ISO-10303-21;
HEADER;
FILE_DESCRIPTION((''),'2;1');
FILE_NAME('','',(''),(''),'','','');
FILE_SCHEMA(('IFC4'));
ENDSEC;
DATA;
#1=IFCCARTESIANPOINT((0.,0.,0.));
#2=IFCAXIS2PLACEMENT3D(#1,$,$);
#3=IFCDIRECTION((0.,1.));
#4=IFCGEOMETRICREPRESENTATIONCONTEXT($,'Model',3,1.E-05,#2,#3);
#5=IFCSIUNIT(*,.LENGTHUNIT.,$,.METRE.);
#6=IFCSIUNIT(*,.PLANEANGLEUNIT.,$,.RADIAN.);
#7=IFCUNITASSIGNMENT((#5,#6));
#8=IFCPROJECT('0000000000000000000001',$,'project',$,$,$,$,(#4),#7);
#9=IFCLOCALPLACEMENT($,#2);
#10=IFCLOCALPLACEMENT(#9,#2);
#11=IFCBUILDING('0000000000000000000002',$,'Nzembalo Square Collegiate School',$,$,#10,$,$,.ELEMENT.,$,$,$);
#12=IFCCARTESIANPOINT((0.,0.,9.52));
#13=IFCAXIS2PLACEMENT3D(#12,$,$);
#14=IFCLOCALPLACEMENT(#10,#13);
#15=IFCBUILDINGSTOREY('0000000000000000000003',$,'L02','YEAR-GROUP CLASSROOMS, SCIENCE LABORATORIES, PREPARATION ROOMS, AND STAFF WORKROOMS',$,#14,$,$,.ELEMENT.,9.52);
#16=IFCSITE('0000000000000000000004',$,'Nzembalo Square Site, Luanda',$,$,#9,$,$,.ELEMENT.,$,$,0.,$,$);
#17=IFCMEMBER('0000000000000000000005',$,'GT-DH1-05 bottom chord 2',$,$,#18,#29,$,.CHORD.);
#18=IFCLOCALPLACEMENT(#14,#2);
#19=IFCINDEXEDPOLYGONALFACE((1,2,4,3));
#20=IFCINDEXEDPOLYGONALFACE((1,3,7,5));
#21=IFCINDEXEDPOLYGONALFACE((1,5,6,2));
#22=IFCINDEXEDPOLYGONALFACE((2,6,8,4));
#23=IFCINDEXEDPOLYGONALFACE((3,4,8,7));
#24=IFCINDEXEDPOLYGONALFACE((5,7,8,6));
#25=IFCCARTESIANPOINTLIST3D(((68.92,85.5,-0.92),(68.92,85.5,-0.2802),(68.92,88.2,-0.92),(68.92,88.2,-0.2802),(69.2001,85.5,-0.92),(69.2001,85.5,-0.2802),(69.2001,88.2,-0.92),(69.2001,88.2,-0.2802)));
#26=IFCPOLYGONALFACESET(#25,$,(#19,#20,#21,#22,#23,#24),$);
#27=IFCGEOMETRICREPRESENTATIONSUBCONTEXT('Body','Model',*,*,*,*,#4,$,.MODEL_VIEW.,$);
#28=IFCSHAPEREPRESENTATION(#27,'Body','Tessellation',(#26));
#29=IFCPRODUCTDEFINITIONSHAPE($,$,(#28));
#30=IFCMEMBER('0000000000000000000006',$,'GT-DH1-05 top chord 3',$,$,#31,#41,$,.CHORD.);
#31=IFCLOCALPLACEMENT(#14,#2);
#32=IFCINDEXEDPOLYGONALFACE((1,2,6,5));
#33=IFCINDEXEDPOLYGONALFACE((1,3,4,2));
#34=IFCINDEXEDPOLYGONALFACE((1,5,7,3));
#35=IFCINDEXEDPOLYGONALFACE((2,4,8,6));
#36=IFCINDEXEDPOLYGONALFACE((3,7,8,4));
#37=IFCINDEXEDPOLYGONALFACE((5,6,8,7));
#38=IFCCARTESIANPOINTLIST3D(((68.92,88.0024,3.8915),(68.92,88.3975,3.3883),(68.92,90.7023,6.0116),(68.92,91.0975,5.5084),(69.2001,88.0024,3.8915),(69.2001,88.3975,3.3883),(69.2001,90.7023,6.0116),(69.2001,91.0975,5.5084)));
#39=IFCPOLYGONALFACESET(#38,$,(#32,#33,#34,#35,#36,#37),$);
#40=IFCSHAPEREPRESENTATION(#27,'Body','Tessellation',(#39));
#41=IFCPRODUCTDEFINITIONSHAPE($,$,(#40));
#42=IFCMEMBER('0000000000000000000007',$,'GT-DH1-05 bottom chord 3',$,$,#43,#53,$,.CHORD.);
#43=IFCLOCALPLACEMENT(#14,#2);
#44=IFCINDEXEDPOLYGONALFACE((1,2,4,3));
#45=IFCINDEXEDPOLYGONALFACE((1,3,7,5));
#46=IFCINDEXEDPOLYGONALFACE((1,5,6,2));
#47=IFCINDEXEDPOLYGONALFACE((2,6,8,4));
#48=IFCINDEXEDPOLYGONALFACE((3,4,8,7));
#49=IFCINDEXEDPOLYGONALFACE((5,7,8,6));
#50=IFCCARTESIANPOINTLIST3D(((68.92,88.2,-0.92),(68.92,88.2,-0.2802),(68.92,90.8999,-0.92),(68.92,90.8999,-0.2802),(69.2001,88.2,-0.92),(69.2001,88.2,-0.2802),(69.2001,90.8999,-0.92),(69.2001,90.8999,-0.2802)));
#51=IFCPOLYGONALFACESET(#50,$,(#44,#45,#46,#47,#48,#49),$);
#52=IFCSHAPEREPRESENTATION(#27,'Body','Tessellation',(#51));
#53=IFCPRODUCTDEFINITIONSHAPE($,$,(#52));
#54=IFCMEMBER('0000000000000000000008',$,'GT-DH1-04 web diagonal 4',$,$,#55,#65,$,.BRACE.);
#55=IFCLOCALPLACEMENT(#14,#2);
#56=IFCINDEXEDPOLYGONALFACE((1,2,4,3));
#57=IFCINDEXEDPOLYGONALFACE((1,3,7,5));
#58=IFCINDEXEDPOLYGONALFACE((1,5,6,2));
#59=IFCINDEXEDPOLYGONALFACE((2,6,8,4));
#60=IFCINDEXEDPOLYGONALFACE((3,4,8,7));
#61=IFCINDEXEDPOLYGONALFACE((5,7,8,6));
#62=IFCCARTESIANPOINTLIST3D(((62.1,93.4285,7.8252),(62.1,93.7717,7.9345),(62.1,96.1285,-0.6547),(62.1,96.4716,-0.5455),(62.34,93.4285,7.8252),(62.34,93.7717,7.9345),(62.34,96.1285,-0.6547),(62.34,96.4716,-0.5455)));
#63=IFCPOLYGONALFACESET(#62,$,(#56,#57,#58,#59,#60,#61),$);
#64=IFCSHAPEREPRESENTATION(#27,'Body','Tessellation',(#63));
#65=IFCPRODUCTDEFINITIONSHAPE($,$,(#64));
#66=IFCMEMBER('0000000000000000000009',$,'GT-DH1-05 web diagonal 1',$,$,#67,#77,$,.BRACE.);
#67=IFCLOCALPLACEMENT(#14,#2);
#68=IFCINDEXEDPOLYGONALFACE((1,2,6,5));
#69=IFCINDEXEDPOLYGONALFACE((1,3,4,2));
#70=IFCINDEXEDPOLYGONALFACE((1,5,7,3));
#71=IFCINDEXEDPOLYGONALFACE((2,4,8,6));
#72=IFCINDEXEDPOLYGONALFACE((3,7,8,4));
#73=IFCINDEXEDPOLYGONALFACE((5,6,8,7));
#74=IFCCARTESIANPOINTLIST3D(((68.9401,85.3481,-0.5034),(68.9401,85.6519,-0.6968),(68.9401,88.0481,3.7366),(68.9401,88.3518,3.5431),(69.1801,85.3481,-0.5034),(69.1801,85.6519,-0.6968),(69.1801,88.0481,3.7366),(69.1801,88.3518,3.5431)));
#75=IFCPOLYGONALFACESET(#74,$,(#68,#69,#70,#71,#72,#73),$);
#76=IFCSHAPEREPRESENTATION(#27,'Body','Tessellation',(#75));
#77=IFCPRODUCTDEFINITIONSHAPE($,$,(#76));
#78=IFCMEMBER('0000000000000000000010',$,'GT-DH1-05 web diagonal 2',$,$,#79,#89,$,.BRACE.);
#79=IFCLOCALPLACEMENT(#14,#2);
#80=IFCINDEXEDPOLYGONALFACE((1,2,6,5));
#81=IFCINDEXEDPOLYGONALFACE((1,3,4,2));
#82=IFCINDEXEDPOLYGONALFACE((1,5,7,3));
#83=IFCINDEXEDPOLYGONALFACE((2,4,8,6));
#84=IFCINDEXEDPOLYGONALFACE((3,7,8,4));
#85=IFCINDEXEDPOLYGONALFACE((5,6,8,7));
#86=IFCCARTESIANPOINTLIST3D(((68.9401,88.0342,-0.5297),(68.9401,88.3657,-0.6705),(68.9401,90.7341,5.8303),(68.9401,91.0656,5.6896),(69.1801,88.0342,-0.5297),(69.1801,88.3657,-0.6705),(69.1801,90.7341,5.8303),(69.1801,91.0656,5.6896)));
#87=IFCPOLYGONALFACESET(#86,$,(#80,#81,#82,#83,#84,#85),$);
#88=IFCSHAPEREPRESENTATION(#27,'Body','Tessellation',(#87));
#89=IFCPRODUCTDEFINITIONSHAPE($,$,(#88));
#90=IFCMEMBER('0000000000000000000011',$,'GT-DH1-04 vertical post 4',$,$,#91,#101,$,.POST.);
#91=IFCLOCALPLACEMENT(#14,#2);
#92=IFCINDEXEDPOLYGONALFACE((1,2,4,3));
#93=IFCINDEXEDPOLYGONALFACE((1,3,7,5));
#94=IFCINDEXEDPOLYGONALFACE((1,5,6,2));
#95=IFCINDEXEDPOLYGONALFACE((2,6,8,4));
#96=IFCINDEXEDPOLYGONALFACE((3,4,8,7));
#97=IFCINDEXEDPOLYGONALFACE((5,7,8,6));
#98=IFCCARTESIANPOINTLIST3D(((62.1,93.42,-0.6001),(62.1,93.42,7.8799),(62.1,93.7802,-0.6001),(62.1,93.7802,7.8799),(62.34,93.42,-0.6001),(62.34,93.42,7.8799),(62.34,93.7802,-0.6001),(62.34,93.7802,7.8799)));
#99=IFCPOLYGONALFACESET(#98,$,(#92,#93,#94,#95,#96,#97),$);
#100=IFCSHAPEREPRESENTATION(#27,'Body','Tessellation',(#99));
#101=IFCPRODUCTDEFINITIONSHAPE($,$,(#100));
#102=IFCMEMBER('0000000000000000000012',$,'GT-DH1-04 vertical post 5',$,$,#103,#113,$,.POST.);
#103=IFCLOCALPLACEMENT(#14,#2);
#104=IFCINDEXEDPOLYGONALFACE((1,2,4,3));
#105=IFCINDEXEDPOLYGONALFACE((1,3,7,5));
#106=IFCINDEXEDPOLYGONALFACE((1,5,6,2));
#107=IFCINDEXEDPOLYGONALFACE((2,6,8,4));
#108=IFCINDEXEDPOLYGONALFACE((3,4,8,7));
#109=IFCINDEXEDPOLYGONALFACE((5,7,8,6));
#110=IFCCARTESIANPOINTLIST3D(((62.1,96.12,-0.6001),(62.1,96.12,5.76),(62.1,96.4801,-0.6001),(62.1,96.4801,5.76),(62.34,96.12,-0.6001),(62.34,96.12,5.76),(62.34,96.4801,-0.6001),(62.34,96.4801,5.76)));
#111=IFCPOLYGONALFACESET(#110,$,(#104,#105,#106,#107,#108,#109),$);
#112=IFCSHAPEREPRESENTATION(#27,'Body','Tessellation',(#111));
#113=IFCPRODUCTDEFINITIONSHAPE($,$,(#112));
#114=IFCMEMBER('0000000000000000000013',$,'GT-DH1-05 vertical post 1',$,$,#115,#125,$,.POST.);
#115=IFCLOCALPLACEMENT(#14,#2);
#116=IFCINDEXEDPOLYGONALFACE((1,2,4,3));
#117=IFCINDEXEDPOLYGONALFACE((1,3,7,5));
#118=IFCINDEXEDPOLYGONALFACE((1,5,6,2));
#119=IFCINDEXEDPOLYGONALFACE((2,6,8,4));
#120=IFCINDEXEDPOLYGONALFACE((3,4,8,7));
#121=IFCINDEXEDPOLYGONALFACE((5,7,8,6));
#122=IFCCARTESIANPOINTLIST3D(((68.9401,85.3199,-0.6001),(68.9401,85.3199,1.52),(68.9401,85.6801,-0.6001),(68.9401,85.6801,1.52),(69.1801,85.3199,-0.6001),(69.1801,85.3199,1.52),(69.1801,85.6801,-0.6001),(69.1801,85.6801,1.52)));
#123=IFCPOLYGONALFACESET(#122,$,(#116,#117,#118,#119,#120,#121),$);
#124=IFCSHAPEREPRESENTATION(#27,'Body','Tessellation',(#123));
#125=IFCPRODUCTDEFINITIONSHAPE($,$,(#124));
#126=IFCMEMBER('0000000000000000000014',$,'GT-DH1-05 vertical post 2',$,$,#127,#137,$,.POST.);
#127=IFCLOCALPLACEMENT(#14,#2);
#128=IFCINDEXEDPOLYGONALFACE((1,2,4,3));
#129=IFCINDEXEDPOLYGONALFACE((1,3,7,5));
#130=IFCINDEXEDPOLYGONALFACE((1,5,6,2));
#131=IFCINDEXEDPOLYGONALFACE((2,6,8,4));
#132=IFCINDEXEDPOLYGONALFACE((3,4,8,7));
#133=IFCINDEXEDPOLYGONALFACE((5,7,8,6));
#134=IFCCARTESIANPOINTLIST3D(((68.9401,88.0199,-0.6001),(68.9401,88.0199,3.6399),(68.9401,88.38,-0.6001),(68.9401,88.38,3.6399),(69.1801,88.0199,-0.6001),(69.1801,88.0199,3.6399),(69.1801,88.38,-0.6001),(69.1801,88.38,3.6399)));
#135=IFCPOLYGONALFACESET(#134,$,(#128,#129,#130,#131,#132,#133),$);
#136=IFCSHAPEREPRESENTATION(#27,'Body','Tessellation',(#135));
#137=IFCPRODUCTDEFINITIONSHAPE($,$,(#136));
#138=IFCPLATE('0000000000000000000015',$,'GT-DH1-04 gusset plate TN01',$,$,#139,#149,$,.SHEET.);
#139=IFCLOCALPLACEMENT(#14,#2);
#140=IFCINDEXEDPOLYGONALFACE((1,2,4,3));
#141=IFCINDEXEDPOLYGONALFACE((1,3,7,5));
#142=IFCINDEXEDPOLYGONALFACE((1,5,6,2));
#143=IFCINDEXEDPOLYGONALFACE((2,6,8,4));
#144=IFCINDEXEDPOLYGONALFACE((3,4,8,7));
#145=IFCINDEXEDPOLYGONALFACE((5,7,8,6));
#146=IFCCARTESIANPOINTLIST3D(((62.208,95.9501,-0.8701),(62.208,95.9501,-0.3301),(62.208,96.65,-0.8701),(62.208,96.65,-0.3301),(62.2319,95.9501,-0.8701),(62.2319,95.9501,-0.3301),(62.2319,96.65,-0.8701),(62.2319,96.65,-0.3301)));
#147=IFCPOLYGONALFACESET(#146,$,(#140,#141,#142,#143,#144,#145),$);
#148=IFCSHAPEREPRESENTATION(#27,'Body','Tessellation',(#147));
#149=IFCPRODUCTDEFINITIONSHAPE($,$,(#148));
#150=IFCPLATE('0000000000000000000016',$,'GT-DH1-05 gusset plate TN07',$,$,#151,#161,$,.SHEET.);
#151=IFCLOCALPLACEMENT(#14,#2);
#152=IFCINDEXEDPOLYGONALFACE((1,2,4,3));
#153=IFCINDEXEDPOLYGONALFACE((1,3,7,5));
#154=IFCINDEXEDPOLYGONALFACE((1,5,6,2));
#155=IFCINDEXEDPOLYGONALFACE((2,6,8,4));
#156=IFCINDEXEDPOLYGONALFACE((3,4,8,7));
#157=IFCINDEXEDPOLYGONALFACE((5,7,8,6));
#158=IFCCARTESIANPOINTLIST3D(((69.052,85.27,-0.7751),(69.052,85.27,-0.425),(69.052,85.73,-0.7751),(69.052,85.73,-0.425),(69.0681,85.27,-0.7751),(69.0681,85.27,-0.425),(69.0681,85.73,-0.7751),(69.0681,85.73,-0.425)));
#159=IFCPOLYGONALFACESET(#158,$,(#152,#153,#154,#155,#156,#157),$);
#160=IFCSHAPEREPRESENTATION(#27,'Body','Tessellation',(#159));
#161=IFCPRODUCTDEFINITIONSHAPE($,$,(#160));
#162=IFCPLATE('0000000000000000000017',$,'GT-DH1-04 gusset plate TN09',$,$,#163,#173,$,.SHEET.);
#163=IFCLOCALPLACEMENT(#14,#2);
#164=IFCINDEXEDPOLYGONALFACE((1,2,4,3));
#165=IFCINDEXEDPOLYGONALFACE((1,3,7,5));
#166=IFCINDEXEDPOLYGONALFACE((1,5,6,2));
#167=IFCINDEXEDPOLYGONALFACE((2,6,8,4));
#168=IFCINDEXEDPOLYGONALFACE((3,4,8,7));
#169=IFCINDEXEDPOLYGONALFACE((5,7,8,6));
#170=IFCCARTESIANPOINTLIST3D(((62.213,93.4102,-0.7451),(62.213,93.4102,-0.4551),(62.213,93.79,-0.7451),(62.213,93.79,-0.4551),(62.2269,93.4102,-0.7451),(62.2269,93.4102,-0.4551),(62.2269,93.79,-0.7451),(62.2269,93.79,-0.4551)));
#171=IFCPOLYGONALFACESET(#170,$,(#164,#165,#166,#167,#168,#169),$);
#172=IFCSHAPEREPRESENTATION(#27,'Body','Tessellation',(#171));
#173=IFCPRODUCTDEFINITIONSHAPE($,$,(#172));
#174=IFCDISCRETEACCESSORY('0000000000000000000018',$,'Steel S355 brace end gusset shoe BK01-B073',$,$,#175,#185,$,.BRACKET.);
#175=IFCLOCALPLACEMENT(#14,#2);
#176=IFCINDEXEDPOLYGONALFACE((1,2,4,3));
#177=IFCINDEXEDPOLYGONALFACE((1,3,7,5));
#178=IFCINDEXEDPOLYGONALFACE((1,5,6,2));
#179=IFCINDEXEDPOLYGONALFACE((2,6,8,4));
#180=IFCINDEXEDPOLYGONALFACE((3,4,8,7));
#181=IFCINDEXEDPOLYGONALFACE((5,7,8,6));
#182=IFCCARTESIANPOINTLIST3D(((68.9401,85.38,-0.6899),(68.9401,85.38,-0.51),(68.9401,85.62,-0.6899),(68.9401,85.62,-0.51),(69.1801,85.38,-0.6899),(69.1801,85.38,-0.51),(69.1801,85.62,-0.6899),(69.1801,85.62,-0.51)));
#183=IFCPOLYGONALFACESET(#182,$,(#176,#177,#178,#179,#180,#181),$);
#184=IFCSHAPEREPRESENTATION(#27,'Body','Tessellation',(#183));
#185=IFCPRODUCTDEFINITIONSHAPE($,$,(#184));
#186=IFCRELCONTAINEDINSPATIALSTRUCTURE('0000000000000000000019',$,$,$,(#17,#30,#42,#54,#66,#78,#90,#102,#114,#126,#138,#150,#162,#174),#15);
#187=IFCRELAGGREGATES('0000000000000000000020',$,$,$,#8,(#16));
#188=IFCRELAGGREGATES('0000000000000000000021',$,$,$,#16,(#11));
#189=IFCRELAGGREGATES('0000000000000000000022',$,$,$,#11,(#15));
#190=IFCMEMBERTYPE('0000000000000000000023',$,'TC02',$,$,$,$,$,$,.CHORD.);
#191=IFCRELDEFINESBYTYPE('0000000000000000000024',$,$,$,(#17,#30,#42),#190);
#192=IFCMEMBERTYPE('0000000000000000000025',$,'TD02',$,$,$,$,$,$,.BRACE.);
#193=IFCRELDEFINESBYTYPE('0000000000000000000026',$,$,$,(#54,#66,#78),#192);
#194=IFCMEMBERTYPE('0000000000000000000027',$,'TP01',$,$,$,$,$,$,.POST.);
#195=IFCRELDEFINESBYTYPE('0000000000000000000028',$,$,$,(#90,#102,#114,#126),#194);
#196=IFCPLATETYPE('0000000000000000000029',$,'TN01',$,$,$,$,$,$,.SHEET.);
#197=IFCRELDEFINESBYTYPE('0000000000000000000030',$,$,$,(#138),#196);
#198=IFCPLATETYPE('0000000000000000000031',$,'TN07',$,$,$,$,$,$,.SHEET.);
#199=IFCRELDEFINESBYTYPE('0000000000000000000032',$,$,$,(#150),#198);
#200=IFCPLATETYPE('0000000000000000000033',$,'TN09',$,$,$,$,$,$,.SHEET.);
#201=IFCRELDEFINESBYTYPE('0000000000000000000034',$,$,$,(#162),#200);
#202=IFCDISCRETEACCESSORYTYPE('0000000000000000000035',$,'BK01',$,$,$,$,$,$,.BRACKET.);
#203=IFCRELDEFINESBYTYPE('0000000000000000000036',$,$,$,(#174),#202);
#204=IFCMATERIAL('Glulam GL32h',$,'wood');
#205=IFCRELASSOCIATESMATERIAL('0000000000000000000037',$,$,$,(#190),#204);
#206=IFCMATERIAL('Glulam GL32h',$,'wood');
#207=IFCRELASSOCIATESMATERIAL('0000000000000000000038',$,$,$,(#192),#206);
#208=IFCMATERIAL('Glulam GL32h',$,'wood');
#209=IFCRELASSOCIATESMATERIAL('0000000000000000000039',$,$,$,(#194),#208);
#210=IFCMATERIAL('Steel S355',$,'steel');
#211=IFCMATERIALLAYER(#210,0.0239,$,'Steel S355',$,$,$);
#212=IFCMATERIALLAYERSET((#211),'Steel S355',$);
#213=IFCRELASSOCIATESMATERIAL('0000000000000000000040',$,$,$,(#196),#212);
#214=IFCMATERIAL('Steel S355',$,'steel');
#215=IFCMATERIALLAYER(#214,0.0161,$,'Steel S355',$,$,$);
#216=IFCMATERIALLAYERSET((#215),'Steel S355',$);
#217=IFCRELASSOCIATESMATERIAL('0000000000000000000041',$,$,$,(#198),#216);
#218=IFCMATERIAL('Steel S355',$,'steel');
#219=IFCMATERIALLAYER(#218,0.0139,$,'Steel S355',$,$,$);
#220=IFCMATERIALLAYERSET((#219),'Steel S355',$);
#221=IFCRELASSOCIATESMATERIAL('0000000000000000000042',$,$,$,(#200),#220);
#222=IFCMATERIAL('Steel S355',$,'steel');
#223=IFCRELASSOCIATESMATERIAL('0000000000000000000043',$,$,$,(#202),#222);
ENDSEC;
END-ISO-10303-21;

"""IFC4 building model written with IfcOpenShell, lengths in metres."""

from ifc_helpers import new_model, si_unit, direction, frame, origin, origin_2d, place, context, subcontext, project, spatial, rectangle, extrude, material, layer, layer_set, material_profile, profile_set, type_object, element, save


model = new_model("IFC4")

# Units and contexts
model_context = context("Model", 3, precision=1e-05, world=origin(), true_north=direction((0.0, 1.0)))
body_context = subcontext(model_context, "Body", "Model", "MODEL_VIEW")
ifc_project = project(units=[si_unit("LENGTHUNIT", "METRE"), si_unit("PLANEANGLEUNIT", "RADIAN")], contexts=[model_context])

# Site, building, storey
site_placement = place(None, origin())
site = spatial("IfcSite", under=ifc_project, at=site_placement, Name="Nzembalo Square Site, Luanda", CompositionType="ELEMENT", RefElevation=0.0)
building_placement = place(site_placement, origin())
building = spatial("IfcBuilding", under=site, at=building_placement, Name="Nzembalo Square Collegiate School", CompositionType="ELEMENT")
storey_placement = place(building_placement, frame((0.0, 0.0, 9.52)))
storey = spatial("IfcBuildingStorey", under=building, at=storey_placement, Name="L02", Description="YEAR-GROUP CLASSROOMS, SCIENCE LABORATORIES, PREPARATION ROOMS, AND STAFF WORKROOMS", CompositionType="ELEMENT", Elevation=9.52)

# Members
ifc_material_1 = material(Name="Glulam GL32h", Category="wood")
ifc_material_profile_1 = material_profile(ifc_material_1, rectangle(XDim=0.28, YDim=0.6399, at=origin_2d()), Name="GL32h 280x640")
ifc_profile_set_1 = profile_set([ifc_material_profile_1], Name="Glulam GL32h")
member_type_1 = type_object("IfcMemberType", Name="TC02", PredefinedType="CHORD", material=ifc_profile_set_1)
member_1_placement = place(storey_placement, frame((69.0601, 85.5, -0.6001), z_axis=(0.0, 1.0, 0.0), x_axis=(-1.0, 0.0, 0.0)))
element("IfcMember", 1, at=member_1_placement, inside=storey, type_object=member_type_1, Name="GT-DH1-05 bottom chord 2", PredefinedType="CHORD", context=body_context, shape_type="SweptSolid", body=[
    extrude(rectangle(XDim=0.28, YDim=0.6399, at=origin_2d()), origin(), (0.0, 0.0, 1.0), 2.7),
])
member_2_placement = place(storey_placement, frame((69.0601, 88.2, 3.6399), z_axis=(0.0, 0.786498, 0.617592), x_axis=(-1.0, 0.0, 0.0)))
element("IfcMember", 2, at=member_2_placement, inside=storey, type_object=member_type_1, Name="GT-DH1-05 top chord 3", PredefinedType="CHORD", context=body_context, shape_type="SweptSolid", body=[
    extrude(rectangle(XDim=0.28, YDim=0.6399, at=origin_2d()), origin(), (0.0, 0.0, 1.0), 3.4329),
])
member_3_placement = place(storey_placement, frame((69.0601, 88.2, -0.6001), z_axis=(0.0, 1.0, 0.0), x_axis=(-1.0, 0.0, 0.0)))
element("IfcMember", 3, at=member_3_placement, inside=storey, type_object=member_type_1, Name="GT-DH1-05 bottom chord 3", PredefinedType="CHORD", context=body_context, shape_type="SweptSolid", body=[
    extrude(rectangle(XDim=0.28, YDim=0.6399, at=origin_2d()), origin(), (0.0, 0.0, 1.0), 2.7),
])
ifc_material_2 = material(Name="Glulam GL32h", Category="wood")
ifc_material_profile_2 = material_profile(ifc_material_2, rectangle(XDim=0.24, YDim=0.3601, at=origin_2d()), Name="GL32h 240x360")
ifc_profile_set_2 = profile_set([ifc_material_profile_2], Name="Glulam GL32h")
member_type_2 = type_object("IfcMemberType", Name="TD02", PredefinedType="BRACE", material=ifc_profile_set_2)
member_4_placement = place(storey_placement, frame((62.22, 96.3, -0.6001), z_axis=(0.0, -0.303385, 0.952868), x_axis=(1.0, 0.0, 0.0)))
element("IfcMember", 4, at=member_4_placement, inside=storey, type_object=member_type_2, Name="GT-DH1-04 web diagonal 4", PredefinedType="BRACE", context=body_context, shape_type="SweptSolid", body=[
    extrude(rectangle(XDim=0.24, YDim=0.3601, at=origin_2d()), origin(), (0.0, 0.0, 1.0), 8.8994),
])
member_5_placement = place(storey_placement, frame((69.0601, 85.5, -0.6001), z_axis=(0.0, 0.537127, 0.843501), x_axis=(-1.0, 0.0, 0.0)))
element("IfcMember", 5, at=member_5_placement, inside=storey, type_object=member_type_2, Name="GT-DH1-05 web diagonal 1", PredefinedType="BRACE", context=body_context, shape_type="SweptSolid", body=[
    extrude(rectangle(XDim=0.24, YDim=0.3601, at=origin_2d()), origin(), (0.0, 0.0, 1.0), 5.0266),
])
member_6_placement = place(storey_placement, frame((69.0601, 88.2, -0.6001), z_axis=(0.0, 0.390761, 0.920492), x_axis=(-1.0, 0.0, 0.0)))
element("IfcMember", 6, at=member_6_placement, inside=storey, type_object=member_type_2, Name="GT-DH1-05 web diagonal 2", PredefinedType="BRACE", context=body_context, shape_type="SweptSolid", body=[
    extrude(rectangle(XDim=0.24, YDim=0.3601, at=origin_2d()), origin(), (0.0, 0.0, 1.0), 6.9094),
])
ifc_material_3 = material(Name="Glulam GL32h", Category="wood")
ifc_material_profile_3 = material_profile(ifc_material_3, rectangle(XDim=0.24, YDim=0.3601, at=origin_2d()), Name="GL32h 240x360")
ifc_profile_set_3 = profile_set([ifc_material_profile_3], Name="Glulam GL32h")
member_type_3 = type_object("IfcMemberType", Name="TP01", PredefinedType="POST", material=ifc_profile_set_3)
member_7_placement = place(storey_placement, frame((62.22, 93.6001, -0.6001), z_axis=(0.0, 0.0, 1.0), x_axis=(1.0, 0.0, 0.0)))
element("IfcMember", 7, at=member_7_placement, inside=storey, type_object=member_type_3, Name="GT-DH1-04 vertical post 4", PredefinedType="POST", context=body_context, shape_type="SweptSolid", body=[
    extrude(rectangle(XDim=0.24, YDim=0.3601, at=origin_2d()), origin(), (0.0, 0.0, 1.0), 8.48),
])
member_8_placement = place(storey_placement, frame((62.22, 96.3, -0.6001), z_axis=(0.0, 0.0, 1.0), x_axis=(1.0, 0.0, 0.0)))
element("IfcMember", 8, at=member_8_placement, inside=storey, type_object=member_type_3, Name="GT-DH1-04 vertical post 5", PredefinedType="POST", context=body_context, shape_type="SweptSolid", body=[
    extrude(rectangle(XDim=0.24, YDim=0.3601, at=origin_2d()), origin(), (0.0, 0.0, 1.0), 6.3601),
])
member_9_placement = place(storey_placement, frame((69.0601, 85.5, -0.6001), z_axis=(0.0, 0.0, 1.0), x_axis=(1.0, 0.0, 0.0)))
element("IfcMember", 9, at=member_9_placement, inside=storey, type_object=member_type_3, Name="GT-DH1-05 vertical post 1", PredefinedType="POST", context=body_context, shape_type="SweptSolid", body=[
    extrude(rectangle(XDim=0.24, YDim=0.3601, at=origin_2d()), origin(), (0.0, 0.0, 1.0), 2.1201),
])
member_10_placement = place(storey_placement, frame((69.0601, 88.2, -0.6001), z_axis=(0.0, 0.0, 1.0), x_axis=(1.0, 0.0, 0.0)))
element("IfcMember", 10, at=member_10_placement, inside=storey, type_object=member_type_3, Name="GT-DH1-05 vertical post 2", PredefinedType="POST", context=body_context, shape_type="SweptSolid", body=[
    extrude(rectangle(XDim=0.24, YDim=0.3601, at=origin_2d()), origin(), (0.0, 0.0, 1.0), 4.24),
])

# Plates
ifc_material_4 = material(Name="Steel S355", Category="steel")
ifc_layer_1 = layer(ifc_material_4, 0.0239, Name="Steel S355")
ifc_layer_set_1 = layer_set([ifc_layer_1], Name="Steel S355")
plate_type_1 = type_object("IfcPlateType", Name="TN01", PredefinedType="SHEET", material=ifc_layer_set_1)
plate_1_placement = place(storey_placement, frame((62.22, 96.3, -0.8701), z_axis=(0.0, 0.0, 1.0), x_axis=(0.0, 1.0, 0.0)))
element("IfcPlate", 11, at=plate_1_placement, inside=storey, type_object=plate_type_1, Name="GT-DH1-04 gusset plate TN01", PredefinedType="SHEET", context=body_context, shape_type="SweptSolid", body=[
    extrude(rectangle(XDim=0.7, YDim=0.0239, at=origin_2d()), origin(), (0.0, 0.0, 1.0), 0.54),
])
ifc_material_5 = material(Name="Steel S355", Category="steel")
ifc_layer_2 = layer(ifc_material_5, 0.0161, Name="Steel S355")
ifc_layer_set_2 = layer_set([ifc_layer_2], Name="Steel S355")
plate_type_2 = type_object("IfcPlateType", Name="TN07", PredefinedType="SHEET", material=ifc_layer_set_2)
plate_2_placement = place(storey_placement, frame((69.0601, 85.5, -0.7751), z_axis=(0.0, 0.0, 1.0), x_axis=(0.0, 1.0, 0.0)))
element("IfcPlate", 12, at=plate_2_placement, inside=storey, type_object=plate_type_2, Name="GT-DH1-05 gusset plate TN07", PredefinedType="SHEET", context=body_context, shape_type="SweptSolid", body=[
    extrude(rectangle(XDim=0.46, YDim=0.0161, at=origin_2d()), origin(), (0.0, 0.0, 1.0), 0.3501),
])
ifc_material_6 = material(Name="Steel S355", Category="steel")
ifc_layer_3 = layer(ifc_material_6, 0.0139, Name="Steel S355")
ifc_layer_set_3 = layer_set([ifc_layer_3], Name="Steel S355")
plate_type_3 = type_object("IfcPlateType", Name="TN09", PredefinedType="SHEET", material=ifc_layer_set_3)
plate_3_placement = place(storey_placement, frame((62.22, 93.6001, -0.7451), z_axis=(0.0, 0.0, 1.0), x_axis=(0.0, 1.0, 0.0)))
element("IfcPlate", 13, at=plate_3_placement, inside=storey, type_object=plate_type_3, Name="GT-DH1-04 gusset plate TN09", PredefinedType="SHEET", context=body_context, shape_type="SweptSolid", body=[
    extrude(rectangle(XDim=0.3799, YDim=0.0139, at=origin_2d()), origin(), (0.0, 0.0, 1.0), 0.29),
])

# Discrete accessory
ifc_material_7 = material(Name="Steel S355", Category="steel")
discrete_accessory_type = type_object("IfcDiscreteAccessoryType", Name="BK01", PredefinedType="BRACKET", material=ifc_material_7)
discrete_accessory_placement = place(storey_placement, frame((69.0601, 85.5, -0.6899), z_axis=(0.0, 0.0, 1.0), x_axis=(1.0, 0.0, 0.0)))
element("IfcDiscreteAccessory", 14, at=discrete_accessory_placement, inside=storey, type_object=discrete_accessory_type, Name="Steel S355 brace end gusset shoe BK01-B073", PredefinedType="BRACKET", context=body_context, shape_type="SweptSolid", body=[
    extrude(rectangle(XDim=0.24, YDim=0.24, at=origin_2d()), origin(), (0.0, 0.0, 1.0), 0.1799),
])

save(model, "model.ifc")
